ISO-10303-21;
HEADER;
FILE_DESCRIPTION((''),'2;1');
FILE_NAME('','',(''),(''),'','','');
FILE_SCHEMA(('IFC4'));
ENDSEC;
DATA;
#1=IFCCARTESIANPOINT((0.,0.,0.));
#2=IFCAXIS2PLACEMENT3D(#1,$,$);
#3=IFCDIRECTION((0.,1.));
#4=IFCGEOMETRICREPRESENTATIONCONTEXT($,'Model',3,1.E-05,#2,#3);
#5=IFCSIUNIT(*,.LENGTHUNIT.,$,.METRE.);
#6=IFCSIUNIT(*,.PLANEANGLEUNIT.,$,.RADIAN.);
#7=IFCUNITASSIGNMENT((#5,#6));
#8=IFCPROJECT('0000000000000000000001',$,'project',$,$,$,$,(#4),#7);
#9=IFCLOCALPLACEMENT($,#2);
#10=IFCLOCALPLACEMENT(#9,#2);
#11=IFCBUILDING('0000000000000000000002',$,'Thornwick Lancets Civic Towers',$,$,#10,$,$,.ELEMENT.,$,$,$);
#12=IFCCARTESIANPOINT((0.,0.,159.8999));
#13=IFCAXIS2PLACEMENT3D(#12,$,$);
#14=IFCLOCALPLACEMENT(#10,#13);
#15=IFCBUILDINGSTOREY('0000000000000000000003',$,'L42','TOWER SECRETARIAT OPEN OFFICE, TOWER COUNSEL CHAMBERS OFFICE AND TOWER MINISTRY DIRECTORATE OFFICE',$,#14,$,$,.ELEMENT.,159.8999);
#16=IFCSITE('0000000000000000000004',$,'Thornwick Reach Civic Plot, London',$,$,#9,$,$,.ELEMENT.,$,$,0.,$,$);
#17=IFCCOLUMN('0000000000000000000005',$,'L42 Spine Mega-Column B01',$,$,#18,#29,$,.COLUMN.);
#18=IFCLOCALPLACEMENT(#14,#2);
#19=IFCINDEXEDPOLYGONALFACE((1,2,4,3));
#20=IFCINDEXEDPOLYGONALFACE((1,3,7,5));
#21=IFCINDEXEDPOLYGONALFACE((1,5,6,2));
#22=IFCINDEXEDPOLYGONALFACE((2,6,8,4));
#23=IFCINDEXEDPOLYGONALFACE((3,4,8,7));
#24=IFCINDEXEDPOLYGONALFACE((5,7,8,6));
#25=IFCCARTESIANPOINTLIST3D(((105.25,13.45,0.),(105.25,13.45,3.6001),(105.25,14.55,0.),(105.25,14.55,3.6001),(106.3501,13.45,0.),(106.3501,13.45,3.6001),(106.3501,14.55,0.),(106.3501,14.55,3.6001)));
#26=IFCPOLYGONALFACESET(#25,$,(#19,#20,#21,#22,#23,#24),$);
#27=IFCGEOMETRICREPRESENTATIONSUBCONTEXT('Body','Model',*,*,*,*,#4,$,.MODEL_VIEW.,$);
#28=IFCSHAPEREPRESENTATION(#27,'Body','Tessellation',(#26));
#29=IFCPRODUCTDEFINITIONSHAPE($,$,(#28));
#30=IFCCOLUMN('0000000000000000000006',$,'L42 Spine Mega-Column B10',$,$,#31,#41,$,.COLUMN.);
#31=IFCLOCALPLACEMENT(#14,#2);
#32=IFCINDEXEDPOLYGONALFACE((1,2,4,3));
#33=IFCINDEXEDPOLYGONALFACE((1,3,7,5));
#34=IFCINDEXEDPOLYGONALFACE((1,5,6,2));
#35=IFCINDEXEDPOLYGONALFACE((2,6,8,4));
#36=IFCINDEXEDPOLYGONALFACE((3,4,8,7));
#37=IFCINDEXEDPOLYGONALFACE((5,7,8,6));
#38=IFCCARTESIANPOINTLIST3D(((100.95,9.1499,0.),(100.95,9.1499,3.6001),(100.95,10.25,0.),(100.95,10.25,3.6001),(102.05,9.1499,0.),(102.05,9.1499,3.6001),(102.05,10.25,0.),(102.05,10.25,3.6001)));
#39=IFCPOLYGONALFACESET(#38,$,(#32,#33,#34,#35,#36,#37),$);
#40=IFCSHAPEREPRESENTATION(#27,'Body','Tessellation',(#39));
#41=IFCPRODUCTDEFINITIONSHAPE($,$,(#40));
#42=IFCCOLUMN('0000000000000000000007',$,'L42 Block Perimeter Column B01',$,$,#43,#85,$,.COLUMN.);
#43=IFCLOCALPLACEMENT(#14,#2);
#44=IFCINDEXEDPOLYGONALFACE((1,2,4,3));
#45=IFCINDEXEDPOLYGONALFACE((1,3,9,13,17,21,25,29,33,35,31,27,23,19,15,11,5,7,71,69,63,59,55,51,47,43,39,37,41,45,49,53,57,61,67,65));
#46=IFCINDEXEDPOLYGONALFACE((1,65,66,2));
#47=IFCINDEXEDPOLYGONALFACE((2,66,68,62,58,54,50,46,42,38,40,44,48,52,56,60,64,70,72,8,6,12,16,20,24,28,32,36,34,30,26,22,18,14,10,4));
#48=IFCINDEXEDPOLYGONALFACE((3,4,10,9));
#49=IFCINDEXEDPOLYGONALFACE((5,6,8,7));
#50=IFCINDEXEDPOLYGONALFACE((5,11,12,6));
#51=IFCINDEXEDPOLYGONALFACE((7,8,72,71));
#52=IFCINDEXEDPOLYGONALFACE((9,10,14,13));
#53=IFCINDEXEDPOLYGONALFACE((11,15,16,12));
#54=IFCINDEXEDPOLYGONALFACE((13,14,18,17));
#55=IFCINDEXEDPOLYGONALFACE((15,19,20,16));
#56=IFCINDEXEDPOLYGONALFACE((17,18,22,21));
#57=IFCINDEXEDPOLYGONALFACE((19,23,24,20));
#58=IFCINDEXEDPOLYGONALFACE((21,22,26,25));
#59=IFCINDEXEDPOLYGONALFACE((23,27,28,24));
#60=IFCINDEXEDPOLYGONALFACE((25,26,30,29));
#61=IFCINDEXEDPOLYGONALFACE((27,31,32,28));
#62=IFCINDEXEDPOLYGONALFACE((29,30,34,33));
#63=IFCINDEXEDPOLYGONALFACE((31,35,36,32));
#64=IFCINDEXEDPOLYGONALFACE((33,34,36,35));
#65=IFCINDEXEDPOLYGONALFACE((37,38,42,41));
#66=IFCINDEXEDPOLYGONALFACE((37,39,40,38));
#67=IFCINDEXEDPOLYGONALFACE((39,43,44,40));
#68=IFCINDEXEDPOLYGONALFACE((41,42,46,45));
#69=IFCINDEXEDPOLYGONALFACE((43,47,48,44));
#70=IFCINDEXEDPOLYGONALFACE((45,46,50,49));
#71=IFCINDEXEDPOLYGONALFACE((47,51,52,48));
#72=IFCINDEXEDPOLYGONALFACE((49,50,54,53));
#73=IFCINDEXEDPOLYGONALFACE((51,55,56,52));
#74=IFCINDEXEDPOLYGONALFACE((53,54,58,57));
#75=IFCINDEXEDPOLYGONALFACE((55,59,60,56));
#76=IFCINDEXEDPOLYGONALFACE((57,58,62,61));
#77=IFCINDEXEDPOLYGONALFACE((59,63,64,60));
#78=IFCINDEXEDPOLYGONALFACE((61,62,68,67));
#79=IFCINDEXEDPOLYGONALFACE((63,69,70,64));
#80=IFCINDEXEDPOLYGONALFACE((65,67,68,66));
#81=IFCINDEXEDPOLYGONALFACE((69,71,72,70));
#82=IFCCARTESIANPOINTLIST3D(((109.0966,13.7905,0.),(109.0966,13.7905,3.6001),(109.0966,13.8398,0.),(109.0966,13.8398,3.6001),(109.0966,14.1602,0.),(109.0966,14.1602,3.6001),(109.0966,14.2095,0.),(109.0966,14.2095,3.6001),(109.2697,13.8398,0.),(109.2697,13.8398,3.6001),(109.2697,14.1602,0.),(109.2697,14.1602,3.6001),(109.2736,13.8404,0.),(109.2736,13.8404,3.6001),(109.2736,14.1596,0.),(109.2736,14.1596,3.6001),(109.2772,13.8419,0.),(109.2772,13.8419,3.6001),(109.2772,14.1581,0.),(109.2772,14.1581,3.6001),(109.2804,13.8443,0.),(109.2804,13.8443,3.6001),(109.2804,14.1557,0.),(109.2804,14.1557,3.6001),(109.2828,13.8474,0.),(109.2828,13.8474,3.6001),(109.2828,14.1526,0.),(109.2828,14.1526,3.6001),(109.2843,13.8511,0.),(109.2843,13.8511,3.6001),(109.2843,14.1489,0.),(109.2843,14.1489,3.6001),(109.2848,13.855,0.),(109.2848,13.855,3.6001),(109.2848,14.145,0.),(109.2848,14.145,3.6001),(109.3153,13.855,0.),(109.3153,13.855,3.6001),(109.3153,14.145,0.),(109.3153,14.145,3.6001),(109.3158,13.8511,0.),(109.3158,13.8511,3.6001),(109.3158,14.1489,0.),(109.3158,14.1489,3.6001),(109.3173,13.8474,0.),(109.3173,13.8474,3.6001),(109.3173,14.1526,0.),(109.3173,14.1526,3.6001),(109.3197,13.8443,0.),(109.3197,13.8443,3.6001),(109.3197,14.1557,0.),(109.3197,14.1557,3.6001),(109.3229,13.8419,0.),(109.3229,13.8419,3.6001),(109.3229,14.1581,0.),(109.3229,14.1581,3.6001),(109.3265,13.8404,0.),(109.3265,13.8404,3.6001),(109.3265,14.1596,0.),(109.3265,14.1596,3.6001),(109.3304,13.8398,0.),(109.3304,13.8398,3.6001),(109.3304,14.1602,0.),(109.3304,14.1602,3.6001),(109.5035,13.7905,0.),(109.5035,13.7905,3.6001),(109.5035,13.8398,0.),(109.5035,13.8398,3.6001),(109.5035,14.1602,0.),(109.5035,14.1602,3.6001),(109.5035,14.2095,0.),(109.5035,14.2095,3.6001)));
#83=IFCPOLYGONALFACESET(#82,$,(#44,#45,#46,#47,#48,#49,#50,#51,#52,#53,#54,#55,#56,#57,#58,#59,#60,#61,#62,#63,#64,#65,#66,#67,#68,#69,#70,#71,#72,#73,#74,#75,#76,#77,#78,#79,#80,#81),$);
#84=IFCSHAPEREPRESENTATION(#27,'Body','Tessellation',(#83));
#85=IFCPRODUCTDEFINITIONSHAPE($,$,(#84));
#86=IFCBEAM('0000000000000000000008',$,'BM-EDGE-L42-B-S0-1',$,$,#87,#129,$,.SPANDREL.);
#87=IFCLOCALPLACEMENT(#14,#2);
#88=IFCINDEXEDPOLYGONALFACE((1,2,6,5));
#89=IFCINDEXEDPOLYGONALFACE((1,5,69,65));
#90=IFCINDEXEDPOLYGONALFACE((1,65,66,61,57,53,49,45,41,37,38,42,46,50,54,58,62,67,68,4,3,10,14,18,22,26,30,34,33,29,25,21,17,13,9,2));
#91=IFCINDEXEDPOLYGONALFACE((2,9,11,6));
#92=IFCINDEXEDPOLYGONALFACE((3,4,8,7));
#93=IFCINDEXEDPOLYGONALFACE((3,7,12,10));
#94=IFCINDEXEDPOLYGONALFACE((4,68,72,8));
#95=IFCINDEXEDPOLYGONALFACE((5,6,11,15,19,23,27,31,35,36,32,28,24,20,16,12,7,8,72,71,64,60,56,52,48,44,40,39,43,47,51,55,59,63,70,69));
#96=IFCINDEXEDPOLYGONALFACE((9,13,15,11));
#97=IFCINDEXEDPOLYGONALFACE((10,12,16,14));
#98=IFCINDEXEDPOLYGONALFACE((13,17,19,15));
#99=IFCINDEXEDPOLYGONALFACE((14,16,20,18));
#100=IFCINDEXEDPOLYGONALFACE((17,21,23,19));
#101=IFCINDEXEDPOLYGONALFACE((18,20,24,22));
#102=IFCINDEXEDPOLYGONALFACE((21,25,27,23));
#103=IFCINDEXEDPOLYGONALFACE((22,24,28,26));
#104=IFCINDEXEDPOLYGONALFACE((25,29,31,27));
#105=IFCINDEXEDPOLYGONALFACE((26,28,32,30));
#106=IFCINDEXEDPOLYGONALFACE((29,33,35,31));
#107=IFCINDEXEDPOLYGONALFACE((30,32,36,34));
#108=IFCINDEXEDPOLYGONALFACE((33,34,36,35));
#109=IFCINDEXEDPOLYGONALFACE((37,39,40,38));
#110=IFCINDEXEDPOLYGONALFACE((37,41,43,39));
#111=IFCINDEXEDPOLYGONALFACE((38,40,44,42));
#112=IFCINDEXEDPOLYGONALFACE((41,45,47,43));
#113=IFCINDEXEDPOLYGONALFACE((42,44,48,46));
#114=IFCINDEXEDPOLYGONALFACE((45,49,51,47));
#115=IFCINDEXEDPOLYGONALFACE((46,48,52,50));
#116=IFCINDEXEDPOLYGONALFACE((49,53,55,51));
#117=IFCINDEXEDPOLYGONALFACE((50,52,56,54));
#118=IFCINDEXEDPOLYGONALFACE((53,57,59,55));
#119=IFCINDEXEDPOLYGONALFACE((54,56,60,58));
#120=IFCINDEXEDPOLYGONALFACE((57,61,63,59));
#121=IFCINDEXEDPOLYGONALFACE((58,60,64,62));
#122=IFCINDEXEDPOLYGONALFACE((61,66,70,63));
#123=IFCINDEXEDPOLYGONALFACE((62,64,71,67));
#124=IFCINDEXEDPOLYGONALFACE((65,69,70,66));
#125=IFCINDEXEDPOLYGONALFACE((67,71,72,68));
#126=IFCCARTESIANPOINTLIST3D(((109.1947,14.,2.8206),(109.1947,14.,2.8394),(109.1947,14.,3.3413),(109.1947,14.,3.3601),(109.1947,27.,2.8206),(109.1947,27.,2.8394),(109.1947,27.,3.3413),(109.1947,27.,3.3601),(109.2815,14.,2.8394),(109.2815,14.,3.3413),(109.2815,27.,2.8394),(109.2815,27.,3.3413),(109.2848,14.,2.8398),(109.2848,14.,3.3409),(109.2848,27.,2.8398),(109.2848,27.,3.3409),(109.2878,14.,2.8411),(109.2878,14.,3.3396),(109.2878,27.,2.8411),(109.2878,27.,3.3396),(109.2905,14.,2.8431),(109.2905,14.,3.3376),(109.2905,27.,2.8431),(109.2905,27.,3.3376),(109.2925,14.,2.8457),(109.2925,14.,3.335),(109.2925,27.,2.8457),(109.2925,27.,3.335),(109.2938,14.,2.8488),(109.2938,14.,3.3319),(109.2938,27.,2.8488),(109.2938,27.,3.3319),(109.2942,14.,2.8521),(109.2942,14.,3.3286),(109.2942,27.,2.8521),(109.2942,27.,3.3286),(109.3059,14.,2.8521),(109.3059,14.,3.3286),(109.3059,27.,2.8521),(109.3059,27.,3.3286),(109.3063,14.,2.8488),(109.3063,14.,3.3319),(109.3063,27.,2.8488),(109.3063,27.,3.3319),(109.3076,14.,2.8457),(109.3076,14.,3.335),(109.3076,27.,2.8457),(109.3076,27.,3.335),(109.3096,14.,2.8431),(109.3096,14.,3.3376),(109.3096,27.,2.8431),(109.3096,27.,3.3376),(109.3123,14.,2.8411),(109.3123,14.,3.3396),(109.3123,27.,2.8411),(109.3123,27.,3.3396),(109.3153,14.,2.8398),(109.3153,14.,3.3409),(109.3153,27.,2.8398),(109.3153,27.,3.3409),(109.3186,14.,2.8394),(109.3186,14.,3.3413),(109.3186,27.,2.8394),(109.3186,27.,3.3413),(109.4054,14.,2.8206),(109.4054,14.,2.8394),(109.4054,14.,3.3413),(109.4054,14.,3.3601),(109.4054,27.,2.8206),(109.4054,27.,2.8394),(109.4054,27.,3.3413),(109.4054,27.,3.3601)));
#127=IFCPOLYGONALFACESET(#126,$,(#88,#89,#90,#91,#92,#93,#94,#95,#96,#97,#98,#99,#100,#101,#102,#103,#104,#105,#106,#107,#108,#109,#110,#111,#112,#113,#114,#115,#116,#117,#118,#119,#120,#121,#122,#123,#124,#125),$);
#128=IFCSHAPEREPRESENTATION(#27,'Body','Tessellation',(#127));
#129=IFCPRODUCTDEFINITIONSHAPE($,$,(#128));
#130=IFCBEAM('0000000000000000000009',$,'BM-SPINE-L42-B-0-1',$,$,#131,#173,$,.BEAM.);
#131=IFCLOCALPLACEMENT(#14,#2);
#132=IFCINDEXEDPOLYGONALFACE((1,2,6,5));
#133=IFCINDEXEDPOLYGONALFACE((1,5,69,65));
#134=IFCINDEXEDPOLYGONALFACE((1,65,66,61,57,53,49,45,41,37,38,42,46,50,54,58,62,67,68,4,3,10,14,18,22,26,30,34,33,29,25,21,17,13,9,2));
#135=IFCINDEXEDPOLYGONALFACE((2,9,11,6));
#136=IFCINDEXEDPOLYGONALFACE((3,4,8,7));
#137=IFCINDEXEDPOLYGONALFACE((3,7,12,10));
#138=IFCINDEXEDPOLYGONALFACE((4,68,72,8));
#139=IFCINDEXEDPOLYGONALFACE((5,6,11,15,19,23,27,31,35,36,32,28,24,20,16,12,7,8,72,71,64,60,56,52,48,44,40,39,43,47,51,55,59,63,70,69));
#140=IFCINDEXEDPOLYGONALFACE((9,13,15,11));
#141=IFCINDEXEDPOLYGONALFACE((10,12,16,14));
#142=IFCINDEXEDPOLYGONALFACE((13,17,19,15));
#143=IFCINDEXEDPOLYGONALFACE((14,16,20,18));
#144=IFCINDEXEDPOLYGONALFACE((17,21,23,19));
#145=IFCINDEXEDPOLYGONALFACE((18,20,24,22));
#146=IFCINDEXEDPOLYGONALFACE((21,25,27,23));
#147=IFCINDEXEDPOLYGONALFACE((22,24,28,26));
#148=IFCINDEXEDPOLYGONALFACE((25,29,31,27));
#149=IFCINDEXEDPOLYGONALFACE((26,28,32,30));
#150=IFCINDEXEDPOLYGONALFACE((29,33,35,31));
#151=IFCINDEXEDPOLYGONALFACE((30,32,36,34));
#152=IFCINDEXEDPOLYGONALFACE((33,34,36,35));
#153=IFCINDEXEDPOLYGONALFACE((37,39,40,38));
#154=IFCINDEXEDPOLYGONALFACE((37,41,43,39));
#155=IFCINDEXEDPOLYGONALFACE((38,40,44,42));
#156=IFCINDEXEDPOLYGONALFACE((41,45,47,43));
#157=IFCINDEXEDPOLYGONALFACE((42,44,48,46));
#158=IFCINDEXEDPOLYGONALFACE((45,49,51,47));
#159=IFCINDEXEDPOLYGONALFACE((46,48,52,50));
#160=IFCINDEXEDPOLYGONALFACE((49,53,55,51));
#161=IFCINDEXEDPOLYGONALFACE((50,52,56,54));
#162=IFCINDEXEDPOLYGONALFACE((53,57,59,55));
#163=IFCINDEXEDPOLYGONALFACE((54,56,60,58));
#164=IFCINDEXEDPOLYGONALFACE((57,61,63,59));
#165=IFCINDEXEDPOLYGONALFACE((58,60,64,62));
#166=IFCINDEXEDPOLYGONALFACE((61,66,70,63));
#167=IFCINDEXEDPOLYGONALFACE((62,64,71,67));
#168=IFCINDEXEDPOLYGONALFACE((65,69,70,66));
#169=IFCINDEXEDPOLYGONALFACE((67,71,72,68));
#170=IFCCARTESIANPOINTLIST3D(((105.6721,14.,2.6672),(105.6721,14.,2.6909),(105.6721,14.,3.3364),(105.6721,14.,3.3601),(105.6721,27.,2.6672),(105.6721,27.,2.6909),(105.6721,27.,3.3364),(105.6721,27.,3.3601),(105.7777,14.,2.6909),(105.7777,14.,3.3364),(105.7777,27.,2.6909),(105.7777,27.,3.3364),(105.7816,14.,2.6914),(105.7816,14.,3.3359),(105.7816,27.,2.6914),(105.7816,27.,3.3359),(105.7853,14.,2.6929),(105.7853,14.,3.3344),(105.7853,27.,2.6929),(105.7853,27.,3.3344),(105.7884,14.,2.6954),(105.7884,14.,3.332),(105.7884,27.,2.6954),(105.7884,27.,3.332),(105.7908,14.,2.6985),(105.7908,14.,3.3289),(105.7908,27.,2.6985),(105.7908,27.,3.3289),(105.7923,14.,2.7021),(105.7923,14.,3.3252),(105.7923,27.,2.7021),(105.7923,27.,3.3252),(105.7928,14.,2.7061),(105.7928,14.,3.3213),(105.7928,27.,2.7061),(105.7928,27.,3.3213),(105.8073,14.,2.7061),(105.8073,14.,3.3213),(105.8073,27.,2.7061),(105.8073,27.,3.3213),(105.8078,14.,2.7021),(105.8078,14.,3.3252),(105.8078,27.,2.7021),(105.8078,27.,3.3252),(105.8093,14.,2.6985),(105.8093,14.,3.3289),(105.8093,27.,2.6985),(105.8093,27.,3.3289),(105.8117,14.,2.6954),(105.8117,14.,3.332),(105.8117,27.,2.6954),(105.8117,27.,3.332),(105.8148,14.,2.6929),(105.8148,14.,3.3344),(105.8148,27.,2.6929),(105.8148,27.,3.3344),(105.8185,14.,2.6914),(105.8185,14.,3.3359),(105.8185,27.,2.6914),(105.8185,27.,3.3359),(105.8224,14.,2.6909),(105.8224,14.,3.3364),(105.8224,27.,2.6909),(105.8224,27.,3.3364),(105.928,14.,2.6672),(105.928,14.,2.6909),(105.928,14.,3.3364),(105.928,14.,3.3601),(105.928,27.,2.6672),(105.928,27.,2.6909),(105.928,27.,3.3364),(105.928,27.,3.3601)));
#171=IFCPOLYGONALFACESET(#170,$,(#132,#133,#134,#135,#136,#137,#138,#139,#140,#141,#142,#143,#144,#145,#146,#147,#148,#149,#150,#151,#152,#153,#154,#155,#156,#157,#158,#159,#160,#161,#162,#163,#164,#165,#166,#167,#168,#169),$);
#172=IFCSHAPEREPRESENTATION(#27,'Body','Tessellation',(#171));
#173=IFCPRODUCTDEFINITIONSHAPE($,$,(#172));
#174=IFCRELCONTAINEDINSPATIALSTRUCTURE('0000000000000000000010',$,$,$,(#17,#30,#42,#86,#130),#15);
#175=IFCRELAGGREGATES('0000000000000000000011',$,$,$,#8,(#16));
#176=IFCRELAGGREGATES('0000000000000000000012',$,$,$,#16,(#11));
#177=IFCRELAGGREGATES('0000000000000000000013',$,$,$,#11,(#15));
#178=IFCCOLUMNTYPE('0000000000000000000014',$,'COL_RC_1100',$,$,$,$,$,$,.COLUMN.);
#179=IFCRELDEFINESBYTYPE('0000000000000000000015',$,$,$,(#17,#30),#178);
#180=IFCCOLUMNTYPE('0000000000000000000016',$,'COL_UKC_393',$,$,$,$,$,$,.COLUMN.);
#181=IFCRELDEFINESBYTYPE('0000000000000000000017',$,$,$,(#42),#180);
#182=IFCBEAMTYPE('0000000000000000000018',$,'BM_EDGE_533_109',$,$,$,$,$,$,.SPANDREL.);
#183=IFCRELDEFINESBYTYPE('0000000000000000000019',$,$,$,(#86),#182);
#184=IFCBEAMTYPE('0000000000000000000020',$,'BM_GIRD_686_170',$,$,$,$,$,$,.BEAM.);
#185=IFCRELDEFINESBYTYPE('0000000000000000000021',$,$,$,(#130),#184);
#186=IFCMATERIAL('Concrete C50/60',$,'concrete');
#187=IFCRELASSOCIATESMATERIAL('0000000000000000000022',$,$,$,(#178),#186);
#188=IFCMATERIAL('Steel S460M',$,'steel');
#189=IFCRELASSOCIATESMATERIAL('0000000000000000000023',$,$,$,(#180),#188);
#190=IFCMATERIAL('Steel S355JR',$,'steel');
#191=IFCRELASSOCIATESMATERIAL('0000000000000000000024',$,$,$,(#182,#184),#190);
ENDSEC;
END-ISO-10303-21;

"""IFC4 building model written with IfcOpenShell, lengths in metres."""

from ifc_helpers import new_model, si_unit, direction, frame, origin, origin_2d, place, context, subcontext, project, spatial, rectangle, i_section, extrude, material, material_profile, profile_set, type_object, element, save


model = new_model("IFC4")

# Units and contexts
model_context = context("Model", 3, precision=1e-05, world=origin(), true_north=direction((0.0, 1.0)))
body_context = subcontext(model_context, "Body", "Model", "MODEL_VIEW")
ifc_project = project(units=[si_unit("LENGTHUNIT", "METRE"), si_unit("PLANEANGLEUNIT", "RADIAN")], contexts=[model_context])

# Site, building, storey
site_placement = place(None, origin())
site = spatial("IfcSite", under=ifc_project, at=site_placement, Name="Thornwick Reach Civic Plot, London", CompositionType="ELEMENT", RefElevation=0.0)
building_placement = place(site_placement, origin())
building = spatial("IfcBuilding", under=site, at=building_placement, Name="Thornwick Lancets Civic Towers", CompositionType="ELEMENT")
storey_placement = place(building_placement, frame((0.0, 0.0, 159.8999)))
storey = spatial("IfcBuildingStorey", under=building, at=storey_placement, Name="L42", Description="TOWER SECRETARIAT OPEN OFFICE, TOWER COUNSEL CHAMBERS OFFICE AND TOWER MINISTRY DIRECTORATE OFFICE", CompositionType="ELEMENT", Elevation=159.8999)

# Columns
ifc_material_1 = material(Name="Concrete C50/60", Category="concrete")
ifc_material_profile_1 = material_profile(ifc_material_1, rectangle(XDim=1.1001, YDim=1.1001, at=origin_2d()), Name="RC 1100x1100")
ifc_profile_set_1 = profile_set([ifc_material_profile_1], Name="Concrete C50/60")
column_type_1 = type_object("IfcColumnType", Name="COL_RC_1100", PredefinedType="COLUMN", material=ifc_profile_set_1)
for number, where, z_axis, x_axis, name in (
    (1, (105.8, 14.0, 0.0), (0.0, 0.0, 1.0), (1.0, 0.0, 0.0), "L42 Spine Mega-Column B01"),
    (2, (101.5, 9.7, 0.0), (0.0, 0.0, 1.0), (1.0, 0.0, 0.0), "L42 Spine Mega-Column B10"),
):
    element("IfcColumn", number, at=place(storey_placement, frame(where, z_axis=z_axis, x_axis=x_axis)), inside=storey, type_object=column_type_1, Name=name, PredefinedType="COLUMN", context=body_context, shape_type="SweptSolid", body=[
        extrude(rectangle(XDim=1.1001, YDim=1.1001, at=origin_2d()), origin(), (0.0, 0.0, 1.0), 3.6001),
    ])
ifc_material_2 = material(Name="Steel S460M", Category="steel")
ifc_material_profile_2 = material_profile(ifc_material_2, i_section(OverallWidth=0.407, OverallDepth=0.4189, WebThickness=0.0305, FlangeThickness=0.0493, FilletRadius=0.0151, at=origin_2d()), Name="UKC 356x406x393")
ifc_profile_set_2 = profile_set([ifc_material_profile_2], Name="Steel S460M")
column_type_2 = type_object("IfcColumnType", Name="COL_UKC_393", PredefinedType="COLUMN", material=ifc_profile_set_2)
column_placement = place(storey_placement, frame((109.3, 14.0, 0.0), z_axis=(0.0, 0.0, 1.0), x_axis=(1.0, 0.0, 0.0)))
element("IfcColumn", 3, at=column_placement, inside=storey, type_object=column_type_2, Name="L42 Block Perimeter Column B01", PredefinedType="COLUMN", context=body_context, shape_type="SweptSolid", body=[
    extrude(i_section(OverallWidth=0.407, OverallDepth=0.4189, WebThickness=0.0305, FlangeThickness=0.0493, FilletRadius=0.0151, at=origin_2d()), origin(), (0.0, 0.0, 1.0), 3.6001),
])

# Beams
ifc_material_3 = material(Name="Steel S355JR", Category="steel")
ifc_material_profile_3 = material_profile(ifc_material_3, i_section(OverallWidth=0.2107, OverallDepth=0.5396, WebThickness=0.0117, FlangeThickness=0.0188, FilletRadius=0.0127, at=origin_2d()), Name="UKB 533x210x109")
ifc_profile_set_3 = profile_set([ifc_material_profile_3], Name="Steel S355JR")
beam_type_1 = type_object("IfcBeamType", Name="BM_EDGE_533_109", PredefinedType="SPANDREL", material=ifc_profile_set_3)
beam_1_placement = place(storey_placement, frame((109.3, 14.0, 3.0903), z_axis=(0.0, 1.0, 0.0), x_axis=(-1.0, 0.0, 0.0)))
element("IfcBeam", 4, at=beam_1_placement, inside=storey, type_object=beam_type_1, Name="BM-EDGE-L42-B-S0-1", PredefinedType="SPANDREL", context=body_context, shape_type="SweptSolid", body=[
    extrude(i_section(OverallWidth=0.2107, OverallDepth=0.5396, WebThickness=0.0117, FlangeThickness=0.0188, FilletRadius=0.0127, at=origin_2d()), origin(), (0.0, 0.0, 1.0), 13.0),
])
ifc_material_profile_4 = material_profile(ifc_material_3, i_section(OverallWidth=0.2559, OverallDepth=0.6929, WebThickness=0.0144, FlangeThickness=0.0237, FilletRadius=0.0151, at=origin_2d()), Name="UKB 686x254x170")
ifc_profile_set_4 = profile_set([ifc_material_profile_4], Name="Steel S355JR")
beam_type_2 = type_object("IfcBeamType", Name="BM_GIRD_686_170", PredefinedType="BEAM", material=ifc_profile_set_4)
for number, where, z_axis, x_axis, name in (
    (5, (105.8, 14.0, 3.0137), (0.0, 1.0, 0.0), (-1.0, 0.0, 0.0), "BM-SPINE-L42-B-0-1"),
):
    element("IfcBeam", number, at=place(storey_placement, frame(where, z_axis=z_axis, x_axis=x_axis)), inside=storey, type_object=beam_type_2, Name=name, PredefinedType="BEAM", context=body_context, shape_type="SweptSolid", body=[
        extrude(i_section(OverallWidth=0.2559, OverallDepth=0.6929, WebThickness=0.0144, FlangeThickness=0.0237, FilletRadius=0.0151, at=origin_2d()), origin(), (0.0, 0.0, 1.0), 13.0),
    ])

save(model, "model.ifc")
